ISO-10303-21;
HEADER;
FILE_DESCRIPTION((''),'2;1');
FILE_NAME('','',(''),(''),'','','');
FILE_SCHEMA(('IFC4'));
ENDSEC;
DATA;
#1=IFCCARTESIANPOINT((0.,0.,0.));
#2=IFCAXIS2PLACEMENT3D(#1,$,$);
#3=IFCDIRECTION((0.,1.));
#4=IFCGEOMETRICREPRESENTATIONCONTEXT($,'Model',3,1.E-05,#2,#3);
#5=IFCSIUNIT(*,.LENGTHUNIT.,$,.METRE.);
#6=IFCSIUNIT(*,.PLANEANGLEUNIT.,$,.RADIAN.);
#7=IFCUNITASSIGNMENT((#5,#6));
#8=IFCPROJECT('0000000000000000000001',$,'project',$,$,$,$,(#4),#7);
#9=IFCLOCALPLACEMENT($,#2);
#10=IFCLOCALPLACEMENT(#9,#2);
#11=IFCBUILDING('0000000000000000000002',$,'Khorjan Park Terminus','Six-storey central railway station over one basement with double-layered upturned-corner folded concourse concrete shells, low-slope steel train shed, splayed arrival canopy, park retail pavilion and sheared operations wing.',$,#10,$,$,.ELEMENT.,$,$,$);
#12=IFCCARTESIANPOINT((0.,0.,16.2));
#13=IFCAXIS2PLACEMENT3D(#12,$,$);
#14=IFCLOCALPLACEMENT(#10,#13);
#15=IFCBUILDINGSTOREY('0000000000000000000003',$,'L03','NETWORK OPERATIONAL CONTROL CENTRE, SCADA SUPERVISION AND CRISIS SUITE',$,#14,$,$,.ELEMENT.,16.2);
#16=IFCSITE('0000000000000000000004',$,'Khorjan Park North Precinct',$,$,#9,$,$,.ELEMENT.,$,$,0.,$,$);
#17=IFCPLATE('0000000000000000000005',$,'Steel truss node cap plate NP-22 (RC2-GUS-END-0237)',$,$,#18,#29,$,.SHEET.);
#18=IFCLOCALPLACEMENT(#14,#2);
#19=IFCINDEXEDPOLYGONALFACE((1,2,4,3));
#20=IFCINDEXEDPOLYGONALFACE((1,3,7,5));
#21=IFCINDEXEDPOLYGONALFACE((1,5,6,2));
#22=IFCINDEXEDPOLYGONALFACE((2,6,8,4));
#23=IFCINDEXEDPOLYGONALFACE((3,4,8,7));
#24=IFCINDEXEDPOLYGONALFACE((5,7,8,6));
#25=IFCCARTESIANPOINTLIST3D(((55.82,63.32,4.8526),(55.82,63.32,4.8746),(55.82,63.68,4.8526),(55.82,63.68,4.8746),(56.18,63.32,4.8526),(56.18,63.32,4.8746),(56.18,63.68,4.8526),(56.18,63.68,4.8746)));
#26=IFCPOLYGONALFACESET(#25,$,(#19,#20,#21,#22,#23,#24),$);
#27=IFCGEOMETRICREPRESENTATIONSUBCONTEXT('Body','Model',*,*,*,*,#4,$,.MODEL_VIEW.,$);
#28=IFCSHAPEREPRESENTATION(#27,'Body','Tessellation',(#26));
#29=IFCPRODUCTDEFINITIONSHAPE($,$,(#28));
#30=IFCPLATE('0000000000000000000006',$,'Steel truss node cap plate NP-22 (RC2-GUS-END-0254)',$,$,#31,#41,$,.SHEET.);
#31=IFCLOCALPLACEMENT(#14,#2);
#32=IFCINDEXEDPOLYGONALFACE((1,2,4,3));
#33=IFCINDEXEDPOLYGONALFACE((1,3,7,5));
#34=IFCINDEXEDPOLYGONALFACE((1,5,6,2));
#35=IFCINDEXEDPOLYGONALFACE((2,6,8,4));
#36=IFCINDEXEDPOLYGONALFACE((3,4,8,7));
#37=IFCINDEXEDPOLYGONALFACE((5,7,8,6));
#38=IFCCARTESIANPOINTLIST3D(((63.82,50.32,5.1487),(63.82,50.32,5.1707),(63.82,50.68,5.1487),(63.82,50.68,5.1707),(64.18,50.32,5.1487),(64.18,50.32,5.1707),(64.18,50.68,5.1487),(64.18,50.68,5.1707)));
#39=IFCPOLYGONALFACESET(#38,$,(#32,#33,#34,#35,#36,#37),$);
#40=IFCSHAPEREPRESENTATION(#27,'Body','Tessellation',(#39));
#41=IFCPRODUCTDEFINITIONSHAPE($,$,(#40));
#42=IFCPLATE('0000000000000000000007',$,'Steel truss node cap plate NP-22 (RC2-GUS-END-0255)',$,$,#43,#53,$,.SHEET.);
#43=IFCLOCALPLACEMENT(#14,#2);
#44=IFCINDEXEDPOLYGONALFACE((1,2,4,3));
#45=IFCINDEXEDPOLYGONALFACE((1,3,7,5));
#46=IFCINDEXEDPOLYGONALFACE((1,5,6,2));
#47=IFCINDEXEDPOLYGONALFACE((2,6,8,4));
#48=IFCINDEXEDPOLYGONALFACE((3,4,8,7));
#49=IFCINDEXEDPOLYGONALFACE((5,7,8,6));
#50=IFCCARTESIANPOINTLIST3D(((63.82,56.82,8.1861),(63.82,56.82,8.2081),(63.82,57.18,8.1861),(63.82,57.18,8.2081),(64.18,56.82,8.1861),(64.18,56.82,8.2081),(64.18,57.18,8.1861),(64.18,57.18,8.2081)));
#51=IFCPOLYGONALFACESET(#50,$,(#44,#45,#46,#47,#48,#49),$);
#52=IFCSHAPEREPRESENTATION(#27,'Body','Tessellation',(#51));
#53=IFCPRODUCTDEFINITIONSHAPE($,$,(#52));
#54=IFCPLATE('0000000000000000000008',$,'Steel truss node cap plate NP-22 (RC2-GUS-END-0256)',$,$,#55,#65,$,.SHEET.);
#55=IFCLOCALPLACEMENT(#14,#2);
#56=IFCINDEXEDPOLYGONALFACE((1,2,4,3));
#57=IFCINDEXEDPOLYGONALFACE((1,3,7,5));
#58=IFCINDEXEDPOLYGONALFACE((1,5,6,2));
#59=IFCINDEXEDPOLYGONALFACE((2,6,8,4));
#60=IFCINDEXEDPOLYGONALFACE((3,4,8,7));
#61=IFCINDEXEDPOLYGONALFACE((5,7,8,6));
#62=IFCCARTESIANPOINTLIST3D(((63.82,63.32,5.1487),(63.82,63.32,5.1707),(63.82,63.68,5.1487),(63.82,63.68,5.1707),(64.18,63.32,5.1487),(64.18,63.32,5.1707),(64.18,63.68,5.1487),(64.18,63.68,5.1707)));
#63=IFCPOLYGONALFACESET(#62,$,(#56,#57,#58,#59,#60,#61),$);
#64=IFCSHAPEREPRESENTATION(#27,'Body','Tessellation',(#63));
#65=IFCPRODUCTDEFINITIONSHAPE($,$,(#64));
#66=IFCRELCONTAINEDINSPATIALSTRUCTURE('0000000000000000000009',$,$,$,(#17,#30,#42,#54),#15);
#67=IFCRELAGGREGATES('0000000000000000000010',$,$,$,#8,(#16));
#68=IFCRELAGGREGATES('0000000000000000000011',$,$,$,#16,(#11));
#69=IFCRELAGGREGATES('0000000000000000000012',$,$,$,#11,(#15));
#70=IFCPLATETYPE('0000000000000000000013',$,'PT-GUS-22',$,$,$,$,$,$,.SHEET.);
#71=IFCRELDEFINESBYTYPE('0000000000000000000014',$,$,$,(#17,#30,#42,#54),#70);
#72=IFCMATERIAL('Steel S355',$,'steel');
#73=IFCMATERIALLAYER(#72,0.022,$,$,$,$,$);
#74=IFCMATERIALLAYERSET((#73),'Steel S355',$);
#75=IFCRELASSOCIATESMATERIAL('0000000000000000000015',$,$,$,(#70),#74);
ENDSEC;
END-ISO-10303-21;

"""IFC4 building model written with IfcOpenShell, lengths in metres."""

from ifc_helpers import new_model, si_unit, direction, frame, origin, origin_2d, place, context, subcontext, project, spatial, rectangle, extrude, material, layer, layer_set, type_object, element, save


model = new_model("IFC4")

# Units and contexts
model_context = context("Model", 3, precision=1e-05, world=origin(), true_north=direction((0.0, 1.0)))
body_context = subcontext(model_context, "Body", "Model", "MODEL_VIEW")
ifc_project = project(units=[si_unit("LENGTHUNIT", "METRE"), si_unit("PLANEANGLEUNIT", "RADIAN")], contexts=[model_context])

# Site, building, storey
site_placement = place(None, origin())
site = spatial("IfcSite", under=ifc_project, at=site_placement, Name="Khorjan Park North Precinct", CompositionType="ELEMENT", RefElevation=0.0)
building_placement = place(site_placement, origin())
building = spatial("IfcBuilding", under=site, at=building_placement, Name="Khorjan Park Terminus", Description="Six-storey central railway station over one basement with double-layered upturned-corner folded concourse concrete shells, low-slope steel train shed, splayed arrival canopy, park retail pavilion and sheared operations wing.", CompositionType="ELEMENT")
storey_placement = place(building_placement, frame((0.0, 0.0, 16.2)))
storey = spatial("IfcBuildingStorey", under=building, at=storey_placement, Name="L03", Description="NETWORK OPERATIONAL CONTROL CENTRE, SCADA SUPERVISION AND CRISIS SUITE", CompositionType="ELEMENT", Elevation=16.2)

# Shared definitions
ifc_material = material(Name="Steel S355", Category="steel")

# Plates
ifc_layer = layer(ifc_material, 0.022)
ifc_layer_set = layer_set([ifc_layer], Name="Steel S355")
plate_type = type_object("IfcPlateType", Name="PT-GUS-22", PredefinedType="SHEET", material=ifc_layer_set)
for number, where, z_axis, x_axis, name in (
    (1, (56.0, 63.5, 4.8526), (0.0, 0.0, 1.0), (1.0, 0.0, 0.0), "Steel truss node cap plate NP-22 (RC2-GUS-END-0237)"),
    (2, (64.0, 50.5, 5.1487), (0.0, 0.0, 1.0), (1.0, 0.0, 0.0), "Steel truss node cap plate NP-22 (RC2-GUS-END-0254)"),
    (3, (64.0, 57.0, 8.1861), (0.0, 0.0, 1.0), (1.0, 0.0, 0.0), "Steel truss node cap plate NP-22 (RC2-GUS-END-0255)"),
    (4, (64.0, 63.5, 5.1487), (0.0, 0.0, 1.0), (1.0, 0.0, 0.0), "Steel truss node cap plate NP-22 (RC2-GUS-END-0256)"),
):
    element("IfcPlate", number, at=place(storey_placement, frame(where, z_axis=z_axis, x_axis=x_axis)), inside=storey, type_object=plate_type, Name=name, PredefinedType="SHEET", context=body_context, shape_type="SweptSolid", body=[
        extrude(rectangle(XDim=0.36, YDim=0.36, at=origin_2d()), origin(), (0.0, 0.0, 1.0), 0.022),
    ])

save(model, "model.ifc")
